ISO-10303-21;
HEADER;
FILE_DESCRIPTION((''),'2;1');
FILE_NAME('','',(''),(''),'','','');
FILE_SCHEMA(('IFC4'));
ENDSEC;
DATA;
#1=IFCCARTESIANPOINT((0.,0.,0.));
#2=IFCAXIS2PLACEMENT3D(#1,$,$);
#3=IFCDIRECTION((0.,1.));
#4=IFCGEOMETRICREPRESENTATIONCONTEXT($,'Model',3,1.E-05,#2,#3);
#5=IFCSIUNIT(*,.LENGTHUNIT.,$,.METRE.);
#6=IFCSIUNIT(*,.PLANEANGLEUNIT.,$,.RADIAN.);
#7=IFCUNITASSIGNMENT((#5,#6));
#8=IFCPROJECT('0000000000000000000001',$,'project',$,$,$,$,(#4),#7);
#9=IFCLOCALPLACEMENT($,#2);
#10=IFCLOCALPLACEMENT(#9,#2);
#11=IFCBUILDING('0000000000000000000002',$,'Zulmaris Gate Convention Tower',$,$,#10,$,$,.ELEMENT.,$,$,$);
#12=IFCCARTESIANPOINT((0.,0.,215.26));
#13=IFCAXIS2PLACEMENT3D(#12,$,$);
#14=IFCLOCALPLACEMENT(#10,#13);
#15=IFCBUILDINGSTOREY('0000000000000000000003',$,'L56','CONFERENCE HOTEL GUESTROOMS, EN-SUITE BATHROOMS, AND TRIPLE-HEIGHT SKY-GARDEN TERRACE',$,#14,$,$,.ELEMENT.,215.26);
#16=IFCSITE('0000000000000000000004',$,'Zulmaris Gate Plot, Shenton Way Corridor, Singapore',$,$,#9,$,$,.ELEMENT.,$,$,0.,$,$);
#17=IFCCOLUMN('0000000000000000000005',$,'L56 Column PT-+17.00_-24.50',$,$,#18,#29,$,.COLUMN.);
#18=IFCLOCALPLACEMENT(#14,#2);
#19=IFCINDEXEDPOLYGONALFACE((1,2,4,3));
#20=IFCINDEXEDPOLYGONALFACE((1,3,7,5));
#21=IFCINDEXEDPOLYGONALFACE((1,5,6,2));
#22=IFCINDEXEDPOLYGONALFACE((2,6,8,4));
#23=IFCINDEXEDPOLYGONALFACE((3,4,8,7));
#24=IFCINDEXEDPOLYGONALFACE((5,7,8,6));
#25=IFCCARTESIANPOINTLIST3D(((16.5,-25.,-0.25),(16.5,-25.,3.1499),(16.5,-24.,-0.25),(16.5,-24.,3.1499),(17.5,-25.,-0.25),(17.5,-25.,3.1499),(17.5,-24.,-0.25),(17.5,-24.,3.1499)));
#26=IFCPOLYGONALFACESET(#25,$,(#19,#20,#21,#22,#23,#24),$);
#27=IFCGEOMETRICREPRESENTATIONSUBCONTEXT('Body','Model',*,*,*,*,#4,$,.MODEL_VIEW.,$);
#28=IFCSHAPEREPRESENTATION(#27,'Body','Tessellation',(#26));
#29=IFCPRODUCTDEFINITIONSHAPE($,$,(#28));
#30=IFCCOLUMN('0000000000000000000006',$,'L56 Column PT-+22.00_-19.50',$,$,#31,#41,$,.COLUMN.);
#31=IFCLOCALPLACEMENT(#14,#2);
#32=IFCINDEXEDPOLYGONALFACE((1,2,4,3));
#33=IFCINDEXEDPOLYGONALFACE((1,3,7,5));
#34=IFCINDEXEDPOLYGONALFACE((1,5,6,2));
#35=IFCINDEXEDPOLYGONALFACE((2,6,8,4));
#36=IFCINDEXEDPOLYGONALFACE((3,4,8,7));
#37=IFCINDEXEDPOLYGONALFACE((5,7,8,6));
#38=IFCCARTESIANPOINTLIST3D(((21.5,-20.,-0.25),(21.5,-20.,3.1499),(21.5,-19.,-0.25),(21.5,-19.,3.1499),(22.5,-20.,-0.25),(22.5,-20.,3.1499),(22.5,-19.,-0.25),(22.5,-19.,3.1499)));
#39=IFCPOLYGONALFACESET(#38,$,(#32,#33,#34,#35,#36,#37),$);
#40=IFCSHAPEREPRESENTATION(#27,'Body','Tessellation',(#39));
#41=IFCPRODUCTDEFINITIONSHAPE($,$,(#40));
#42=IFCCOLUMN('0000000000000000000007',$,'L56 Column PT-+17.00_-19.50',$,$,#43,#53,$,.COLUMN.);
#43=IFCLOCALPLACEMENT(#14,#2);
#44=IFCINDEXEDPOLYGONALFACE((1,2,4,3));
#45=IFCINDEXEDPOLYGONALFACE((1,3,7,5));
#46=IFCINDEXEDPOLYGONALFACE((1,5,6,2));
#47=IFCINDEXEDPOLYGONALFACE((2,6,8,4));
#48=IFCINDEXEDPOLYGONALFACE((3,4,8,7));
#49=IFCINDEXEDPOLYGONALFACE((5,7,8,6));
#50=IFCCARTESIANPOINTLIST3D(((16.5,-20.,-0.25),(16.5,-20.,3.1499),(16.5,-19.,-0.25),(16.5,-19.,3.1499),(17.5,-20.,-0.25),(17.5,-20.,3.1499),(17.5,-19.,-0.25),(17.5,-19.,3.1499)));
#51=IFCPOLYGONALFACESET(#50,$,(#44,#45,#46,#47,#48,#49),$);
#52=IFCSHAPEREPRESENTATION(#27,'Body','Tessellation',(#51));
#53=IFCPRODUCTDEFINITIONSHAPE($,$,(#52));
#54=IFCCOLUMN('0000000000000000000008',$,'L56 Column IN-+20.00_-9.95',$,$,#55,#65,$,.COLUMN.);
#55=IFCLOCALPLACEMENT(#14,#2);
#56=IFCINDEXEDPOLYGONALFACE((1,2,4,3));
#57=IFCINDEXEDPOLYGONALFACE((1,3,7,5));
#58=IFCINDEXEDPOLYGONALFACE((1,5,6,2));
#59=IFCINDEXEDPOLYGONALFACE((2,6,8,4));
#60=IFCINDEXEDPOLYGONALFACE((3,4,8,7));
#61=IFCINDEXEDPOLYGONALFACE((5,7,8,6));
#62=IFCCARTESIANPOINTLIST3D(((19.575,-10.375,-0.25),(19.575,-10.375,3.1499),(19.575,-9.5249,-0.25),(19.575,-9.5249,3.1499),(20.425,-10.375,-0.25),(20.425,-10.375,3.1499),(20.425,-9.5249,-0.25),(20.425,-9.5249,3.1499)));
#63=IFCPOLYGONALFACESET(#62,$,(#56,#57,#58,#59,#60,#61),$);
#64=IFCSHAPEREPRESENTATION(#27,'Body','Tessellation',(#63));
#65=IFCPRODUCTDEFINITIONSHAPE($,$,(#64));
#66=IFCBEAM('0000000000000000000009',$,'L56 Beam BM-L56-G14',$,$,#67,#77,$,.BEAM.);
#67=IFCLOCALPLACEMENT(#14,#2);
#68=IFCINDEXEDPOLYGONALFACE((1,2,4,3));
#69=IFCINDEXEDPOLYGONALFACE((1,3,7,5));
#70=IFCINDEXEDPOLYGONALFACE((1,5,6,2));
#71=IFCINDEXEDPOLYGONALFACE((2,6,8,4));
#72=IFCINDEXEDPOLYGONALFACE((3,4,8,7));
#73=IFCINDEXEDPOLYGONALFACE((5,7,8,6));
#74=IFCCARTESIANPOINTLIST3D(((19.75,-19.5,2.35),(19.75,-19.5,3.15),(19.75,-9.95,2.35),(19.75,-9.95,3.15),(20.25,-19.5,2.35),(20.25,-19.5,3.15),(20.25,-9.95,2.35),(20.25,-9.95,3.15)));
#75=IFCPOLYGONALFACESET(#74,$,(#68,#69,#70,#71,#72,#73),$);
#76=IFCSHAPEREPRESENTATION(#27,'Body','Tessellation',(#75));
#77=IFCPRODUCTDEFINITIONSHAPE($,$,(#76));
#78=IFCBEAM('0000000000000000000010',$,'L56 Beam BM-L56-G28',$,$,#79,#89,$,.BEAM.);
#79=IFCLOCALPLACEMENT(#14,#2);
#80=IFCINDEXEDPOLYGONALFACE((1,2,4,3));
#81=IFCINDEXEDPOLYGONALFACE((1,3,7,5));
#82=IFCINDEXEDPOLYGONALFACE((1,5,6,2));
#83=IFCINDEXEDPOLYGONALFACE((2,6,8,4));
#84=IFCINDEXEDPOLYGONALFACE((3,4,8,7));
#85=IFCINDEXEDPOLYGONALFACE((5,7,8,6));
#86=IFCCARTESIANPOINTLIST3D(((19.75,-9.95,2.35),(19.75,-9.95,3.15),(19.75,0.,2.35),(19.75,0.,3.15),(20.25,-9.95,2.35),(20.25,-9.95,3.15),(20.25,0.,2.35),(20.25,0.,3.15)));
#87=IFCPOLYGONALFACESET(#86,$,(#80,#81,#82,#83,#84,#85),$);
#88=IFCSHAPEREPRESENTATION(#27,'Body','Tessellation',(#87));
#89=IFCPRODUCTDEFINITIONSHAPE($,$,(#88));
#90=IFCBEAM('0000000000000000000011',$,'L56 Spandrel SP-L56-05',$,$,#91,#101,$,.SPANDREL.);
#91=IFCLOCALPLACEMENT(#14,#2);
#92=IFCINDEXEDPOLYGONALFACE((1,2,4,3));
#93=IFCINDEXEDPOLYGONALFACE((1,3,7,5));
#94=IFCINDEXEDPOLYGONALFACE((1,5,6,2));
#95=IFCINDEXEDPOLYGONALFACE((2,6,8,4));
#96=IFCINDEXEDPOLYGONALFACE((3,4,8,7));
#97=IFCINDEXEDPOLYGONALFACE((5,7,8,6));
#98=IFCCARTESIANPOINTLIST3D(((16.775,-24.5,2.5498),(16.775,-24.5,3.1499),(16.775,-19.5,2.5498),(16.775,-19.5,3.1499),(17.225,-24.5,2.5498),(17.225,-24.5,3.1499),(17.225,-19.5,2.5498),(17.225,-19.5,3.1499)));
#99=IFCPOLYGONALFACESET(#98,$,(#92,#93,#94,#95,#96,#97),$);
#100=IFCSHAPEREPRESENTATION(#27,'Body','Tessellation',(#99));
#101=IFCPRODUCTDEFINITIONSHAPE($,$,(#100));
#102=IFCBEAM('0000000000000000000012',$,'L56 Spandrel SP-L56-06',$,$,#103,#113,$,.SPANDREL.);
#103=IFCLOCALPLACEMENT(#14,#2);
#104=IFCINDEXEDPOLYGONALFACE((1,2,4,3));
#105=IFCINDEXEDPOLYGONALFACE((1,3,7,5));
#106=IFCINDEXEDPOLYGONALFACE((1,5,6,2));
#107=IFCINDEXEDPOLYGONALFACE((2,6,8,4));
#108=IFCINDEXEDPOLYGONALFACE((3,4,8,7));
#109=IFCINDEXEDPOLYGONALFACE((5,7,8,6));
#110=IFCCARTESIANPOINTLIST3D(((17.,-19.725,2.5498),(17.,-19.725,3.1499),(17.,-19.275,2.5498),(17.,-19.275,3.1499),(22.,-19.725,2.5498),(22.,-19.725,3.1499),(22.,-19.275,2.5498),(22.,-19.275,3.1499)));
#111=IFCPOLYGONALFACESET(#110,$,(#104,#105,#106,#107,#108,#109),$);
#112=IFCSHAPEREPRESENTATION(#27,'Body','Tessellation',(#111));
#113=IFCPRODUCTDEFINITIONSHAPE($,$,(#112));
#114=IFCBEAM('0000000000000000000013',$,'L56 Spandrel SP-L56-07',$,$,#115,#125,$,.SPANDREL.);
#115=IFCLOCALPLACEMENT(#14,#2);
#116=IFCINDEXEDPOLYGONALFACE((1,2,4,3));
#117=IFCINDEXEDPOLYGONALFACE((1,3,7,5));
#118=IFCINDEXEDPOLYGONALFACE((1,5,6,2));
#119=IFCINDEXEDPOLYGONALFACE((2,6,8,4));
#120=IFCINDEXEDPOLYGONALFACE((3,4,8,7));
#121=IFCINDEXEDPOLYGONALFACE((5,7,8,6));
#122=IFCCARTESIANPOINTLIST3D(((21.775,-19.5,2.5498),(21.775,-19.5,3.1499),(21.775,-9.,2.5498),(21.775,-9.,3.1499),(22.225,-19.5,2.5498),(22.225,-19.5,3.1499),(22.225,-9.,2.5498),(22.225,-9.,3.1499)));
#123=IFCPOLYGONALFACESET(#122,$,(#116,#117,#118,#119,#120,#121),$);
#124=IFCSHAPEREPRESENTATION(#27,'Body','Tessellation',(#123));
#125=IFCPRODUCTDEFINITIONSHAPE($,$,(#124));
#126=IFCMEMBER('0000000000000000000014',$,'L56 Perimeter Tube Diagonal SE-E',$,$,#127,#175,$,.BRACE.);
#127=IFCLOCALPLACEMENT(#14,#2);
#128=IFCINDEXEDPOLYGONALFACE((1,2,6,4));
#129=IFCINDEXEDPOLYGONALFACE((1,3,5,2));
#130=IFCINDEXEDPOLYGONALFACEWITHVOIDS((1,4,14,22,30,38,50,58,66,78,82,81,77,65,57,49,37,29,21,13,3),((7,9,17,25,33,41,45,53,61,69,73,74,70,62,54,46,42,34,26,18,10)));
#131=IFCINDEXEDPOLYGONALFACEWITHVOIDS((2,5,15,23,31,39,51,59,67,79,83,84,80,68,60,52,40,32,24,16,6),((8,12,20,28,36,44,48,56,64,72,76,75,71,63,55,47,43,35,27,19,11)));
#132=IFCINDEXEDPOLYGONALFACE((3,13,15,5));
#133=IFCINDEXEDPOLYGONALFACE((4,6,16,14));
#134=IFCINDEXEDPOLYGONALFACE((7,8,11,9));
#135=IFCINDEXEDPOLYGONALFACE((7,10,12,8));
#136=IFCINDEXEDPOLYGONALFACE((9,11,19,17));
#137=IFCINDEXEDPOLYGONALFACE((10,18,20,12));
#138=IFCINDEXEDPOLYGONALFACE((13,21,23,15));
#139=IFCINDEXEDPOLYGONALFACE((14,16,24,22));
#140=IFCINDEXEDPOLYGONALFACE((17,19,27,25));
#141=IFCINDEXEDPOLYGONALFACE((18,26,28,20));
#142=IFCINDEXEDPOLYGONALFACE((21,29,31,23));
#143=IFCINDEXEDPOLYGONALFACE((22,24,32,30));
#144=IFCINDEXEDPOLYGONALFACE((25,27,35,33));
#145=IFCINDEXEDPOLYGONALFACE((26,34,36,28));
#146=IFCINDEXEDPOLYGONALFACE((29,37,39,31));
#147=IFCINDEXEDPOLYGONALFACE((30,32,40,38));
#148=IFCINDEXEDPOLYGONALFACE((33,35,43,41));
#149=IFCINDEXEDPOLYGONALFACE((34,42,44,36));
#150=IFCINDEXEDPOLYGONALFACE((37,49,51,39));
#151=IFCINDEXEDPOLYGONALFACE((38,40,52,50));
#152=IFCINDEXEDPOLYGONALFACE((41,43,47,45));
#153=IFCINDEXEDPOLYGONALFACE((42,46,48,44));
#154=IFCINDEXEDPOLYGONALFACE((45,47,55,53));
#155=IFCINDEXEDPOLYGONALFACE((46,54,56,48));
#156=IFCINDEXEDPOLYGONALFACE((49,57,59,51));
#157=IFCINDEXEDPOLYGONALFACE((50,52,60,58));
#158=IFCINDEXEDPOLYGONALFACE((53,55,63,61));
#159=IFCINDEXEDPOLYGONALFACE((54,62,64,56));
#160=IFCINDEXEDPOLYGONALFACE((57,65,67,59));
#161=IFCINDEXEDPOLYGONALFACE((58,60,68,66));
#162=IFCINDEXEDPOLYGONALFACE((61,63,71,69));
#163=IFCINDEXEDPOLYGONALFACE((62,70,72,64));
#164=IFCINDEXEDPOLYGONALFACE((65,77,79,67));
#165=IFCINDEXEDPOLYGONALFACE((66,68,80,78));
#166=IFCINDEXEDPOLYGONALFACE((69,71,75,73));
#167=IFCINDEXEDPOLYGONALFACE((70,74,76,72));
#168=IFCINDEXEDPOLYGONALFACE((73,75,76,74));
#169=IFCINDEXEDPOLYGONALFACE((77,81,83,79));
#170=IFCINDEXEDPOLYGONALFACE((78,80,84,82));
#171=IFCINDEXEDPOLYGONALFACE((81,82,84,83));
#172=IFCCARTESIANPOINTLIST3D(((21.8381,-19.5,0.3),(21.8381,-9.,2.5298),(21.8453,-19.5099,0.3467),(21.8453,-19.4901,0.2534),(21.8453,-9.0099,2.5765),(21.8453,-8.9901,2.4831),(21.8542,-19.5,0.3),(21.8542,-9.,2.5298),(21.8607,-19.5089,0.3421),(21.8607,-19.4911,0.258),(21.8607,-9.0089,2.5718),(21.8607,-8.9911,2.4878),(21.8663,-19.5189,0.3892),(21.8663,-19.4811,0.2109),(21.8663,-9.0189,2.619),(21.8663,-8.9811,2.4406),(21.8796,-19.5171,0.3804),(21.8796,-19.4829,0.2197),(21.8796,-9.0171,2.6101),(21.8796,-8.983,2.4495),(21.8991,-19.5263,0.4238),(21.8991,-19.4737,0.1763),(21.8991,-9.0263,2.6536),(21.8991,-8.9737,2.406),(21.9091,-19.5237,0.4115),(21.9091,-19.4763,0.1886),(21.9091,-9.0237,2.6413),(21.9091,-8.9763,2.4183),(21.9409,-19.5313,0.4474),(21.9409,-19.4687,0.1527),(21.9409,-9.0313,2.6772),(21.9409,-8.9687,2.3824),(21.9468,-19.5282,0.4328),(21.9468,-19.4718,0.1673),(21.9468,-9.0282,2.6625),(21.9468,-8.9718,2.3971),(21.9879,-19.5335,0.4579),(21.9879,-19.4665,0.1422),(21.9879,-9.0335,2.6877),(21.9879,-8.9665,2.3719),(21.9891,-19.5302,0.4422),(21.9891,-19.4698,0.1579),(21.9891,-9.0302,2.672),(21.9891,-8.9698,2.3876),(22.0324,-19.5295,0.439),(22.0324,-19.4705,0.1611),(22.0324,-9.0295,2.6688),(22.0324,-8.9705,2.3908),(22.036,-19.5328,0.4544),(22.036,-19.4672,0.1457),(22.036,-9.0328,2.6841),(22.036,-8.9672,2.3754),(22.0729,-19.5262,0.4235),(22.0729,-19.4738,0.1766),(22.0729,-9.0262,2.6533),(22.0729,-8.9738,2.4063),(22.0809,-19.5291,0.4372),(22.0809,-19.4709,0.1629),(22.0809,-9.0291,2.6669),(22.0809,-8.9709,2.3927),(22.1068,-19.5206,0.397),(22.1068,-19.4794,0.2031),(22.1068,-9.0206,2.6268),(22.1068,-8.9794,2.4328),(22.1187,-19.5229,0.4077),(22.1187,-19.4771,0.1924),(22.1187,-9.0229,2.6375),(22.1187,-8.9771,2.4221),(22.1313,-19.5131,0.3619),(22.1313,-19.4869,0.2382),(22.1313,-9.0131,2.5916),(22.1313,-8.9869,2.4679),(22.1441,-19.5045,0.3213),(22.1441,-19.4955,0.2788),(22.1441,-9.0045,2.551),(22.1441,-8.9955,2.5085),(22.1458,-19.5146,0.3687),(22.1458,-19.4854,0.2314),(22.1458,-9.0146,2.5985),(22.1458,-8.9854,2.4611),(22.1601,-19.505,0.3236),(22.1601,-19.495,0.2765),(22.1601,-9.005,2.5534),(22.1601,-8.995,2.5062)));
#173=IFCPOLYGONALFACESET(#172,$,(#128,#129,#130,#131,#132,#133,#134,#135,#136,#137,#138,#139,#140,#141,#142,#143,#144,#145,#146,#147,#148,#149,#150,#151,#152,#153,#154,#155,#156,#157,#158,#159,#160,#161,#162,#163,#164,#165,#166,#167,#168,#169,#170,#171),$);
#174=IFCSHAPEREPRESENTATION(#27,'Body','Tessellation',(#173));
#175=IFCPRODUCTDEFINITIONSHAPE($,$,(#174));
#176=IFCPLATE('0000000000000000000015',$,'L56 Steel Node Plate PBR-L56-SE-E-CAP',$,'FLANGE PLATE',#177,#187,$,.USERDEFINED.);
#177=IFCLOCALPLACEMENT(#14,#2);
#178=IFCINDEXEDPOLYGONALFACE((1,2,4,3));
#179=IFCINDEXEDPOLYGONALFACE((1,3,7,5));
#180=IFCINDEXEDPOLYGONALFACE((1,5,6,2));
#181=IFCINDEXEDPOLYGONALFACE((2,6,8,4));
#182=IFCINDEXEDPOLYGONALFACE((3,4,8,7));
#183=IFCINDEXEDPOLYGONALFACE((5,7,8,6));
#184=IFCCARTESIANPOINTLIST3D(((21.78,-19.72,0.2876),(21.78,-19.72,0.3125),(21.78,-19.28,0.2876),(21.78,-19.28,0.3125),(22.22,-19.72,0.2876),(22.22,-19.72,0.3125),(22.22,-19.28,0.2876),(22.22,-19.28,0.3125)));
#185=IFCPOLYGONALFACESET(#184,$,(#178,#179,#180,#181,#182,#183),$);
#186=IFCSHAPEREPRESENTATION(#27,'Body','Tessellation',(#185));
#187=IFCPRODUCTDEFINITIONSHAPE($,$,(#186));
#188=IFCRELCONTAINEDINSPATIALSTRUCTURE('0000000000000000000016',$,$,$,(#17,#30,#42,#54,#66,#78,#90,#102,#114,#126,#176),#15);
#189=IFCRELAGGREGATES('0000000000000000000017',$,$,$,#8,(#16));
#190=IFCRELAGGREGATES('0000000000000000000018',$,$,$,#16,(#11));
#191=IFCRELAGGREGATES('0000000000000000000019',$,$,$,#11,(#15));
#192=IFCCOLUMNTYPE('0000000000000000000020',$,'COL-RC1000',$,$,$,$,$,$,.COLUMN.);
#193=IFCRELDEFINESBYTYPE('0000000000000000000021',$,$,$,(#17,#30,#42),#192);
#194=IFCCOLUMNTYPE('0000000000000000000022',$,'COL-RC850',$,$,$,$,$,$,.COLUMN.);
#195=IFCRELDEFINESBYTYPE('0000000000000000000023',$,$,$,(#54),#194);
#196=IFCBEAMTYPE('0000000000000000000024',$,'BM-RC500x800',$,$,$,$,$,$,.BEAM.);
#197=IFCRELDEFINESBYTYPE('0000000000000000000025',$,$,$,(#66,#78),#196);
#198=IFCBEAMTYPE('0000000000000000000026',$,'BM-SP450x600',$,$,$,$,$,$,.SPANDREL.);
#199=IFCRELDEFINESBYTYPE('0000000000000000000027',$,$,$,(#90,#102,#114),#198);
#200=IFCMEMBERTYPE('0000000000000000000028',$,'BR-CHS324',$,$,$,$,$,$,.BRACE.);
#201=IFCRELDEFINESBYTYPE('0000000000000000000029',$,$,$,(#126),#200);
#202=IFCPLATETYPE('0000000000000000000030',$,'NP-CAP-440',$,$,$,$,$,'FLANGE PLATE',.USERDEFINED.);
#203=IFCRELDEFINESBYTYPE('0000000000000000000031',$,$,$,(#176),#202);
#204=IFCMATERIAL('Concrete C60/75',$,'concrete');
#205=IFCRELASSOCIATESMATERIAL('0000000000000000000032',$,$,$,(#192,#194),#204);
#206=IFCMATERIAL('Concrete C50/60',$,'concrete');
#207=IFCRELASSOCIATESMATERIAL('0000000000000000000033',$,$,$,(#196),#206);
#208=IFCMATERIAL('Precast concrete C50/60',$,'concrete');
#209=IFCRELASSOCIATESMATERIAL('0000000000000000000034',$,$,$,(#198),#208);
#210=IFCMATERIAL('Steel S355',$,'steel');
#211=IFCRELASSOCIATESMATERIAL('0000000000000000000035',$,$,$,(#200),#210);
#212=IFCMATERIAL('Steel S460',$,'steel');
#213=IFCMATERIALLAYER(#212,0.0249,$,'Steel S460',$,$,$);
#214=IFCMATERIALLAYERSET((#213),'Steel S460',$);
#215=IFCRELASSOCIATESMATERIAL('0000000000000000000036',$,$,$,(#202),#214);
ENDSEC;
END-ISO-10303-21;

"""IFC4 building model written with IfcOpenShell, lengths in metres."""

from ifc_helpers import new_model, si_unit, direction, frame, origin, origin_2d, place, context, subcontext, project, spatial, rectangle, hollow_circle, extrude, material, layer, layer_set, material_profile, profile_set, type_object, element, save


model = new_model("IFC4")

# Units and contexts
model_context = context("Model", 3, precision=1e-05, world=origin(), true_north=direction((0.0, 1.0)))
body_context = subcontext(model_context, "Body", "Model", "MODEL_VIEW")
ifc_project = project(units=[si_unit("LENGTHUNIT", "METRE"), si_unit("PLANEANGLEUNIT", "RADIAN")], contexts=[model_context])

# Site, building, storey
site_placement = place(None, origin())
site = spatial("IfcSite", under=ifc_project, at=site_placement, Name="Zulmaris Gate Plot, Shenton Way Corridor, Singapore", CompositionType="ELEMENT", RefElevation=0.0)
building_placement = place(site_placement, origin())
building = spatial("IfcBuilding", under=site, at=building_placement, Name="Zulmaris Gate Convention Tower", CompositionType="ELEMENT")
storey_placement = place(building_placement, frame((0.0, 0.0, 215.26)))
storey = spatial("IfcBuildingStorey", under=building, at=storey_placement, Name="L56", Description="CONFERENCE HOTEL GUESTROOMS, EN-SUITE BATHROOMS, AND TRIPLE-HEIGHT SKY-GARDEN TERRACE", CompositionType="ELEMENT", Elevation=215.26)

# Columns
ifc_material_1 = material(Name="Concrete C60/75", Category="concrete")
ifc_material_profile_1 = material_profile(ifc_material_1, rectangle(XDim=1.0, YDim=1.0, at=origin_2d()), Name="RC COL 1000x1000")
ifc_profile_set_1 = profile_set([ifc_material_profile_1], Name="Concrete C60/75")
column_type_1 = type_object("IfcColumnType", Name="COL-RC1000", PredefinedType="COLUMN", material=ifc_profile_set_1)
for number, where, z_axis, x_axis, name in (
    (1, (17.0, -24.5, -0.25), (0.0, 0.0, 1.0), (1.0, 0.0, 0.0), "L56 Column PT-+17.00_-24.50"),
    (2, (22.0, -19.5, -0.25), (0.0, 0.0, 1.0), (1.0, 0.0, 0.0), "L56 Column PT-+22.00_-19.50"),
    (3, (17.0, -19.5, -0.25), (0.0, 0.0, 1.0), (1.0, 0.0, 0.0), "L56 Column PT-+17.00_-19.50"),
):
    element("IfcColumn", number, at=place(storey_placement, frame(where, z_axis=z_axis, x_axis=x_axis)), inside=storey, type_object=column_type_1, Name=name, PredefinedType="COLUMN", context=body_context, shape_type="SweptSolid", body=[
        extrude(rectangle(XDim=1.0, YDim=1.0, at=origin_2d()), origin(), (0.0, 0.0, 1.0), 3.3999),
    ])
ifc_material_profile_2 = material_profile(ifc_material_1, rectangle(XDim=0.8501, YDim=0.8501, at=origin_2d()), Name="RC COL 850x850")
ifc_profile_set_2 = profile_set([ifc_material_profile_2], Name="Concrete C60/75")
column_type_2 = type_object("IfcColumnType", Name="COL-RC850", PredefinedType="COLUMN", material=ifc_profile_set_2)
column_placement = place(storey_placement, frame((20.0, -9.95, -0.25), z_axis=(0.0, 0.0, 1.0), x_axis=(1.0, 0.0, 0.0)))
element("IfcColumn", 4, at=column_placement, inside=storey, type_object=column_type_2, Name="L56 Column IN-+20.00_-9.95", PredefinedType="COLUMN", context=body_context, shape_type="SweptSolid", body=[
    extrude(rectangle(XDim=0.8501, YDim=0.8501, at=origin_2d()), origin(), (0.0, 0.0, 1.0), 3.3999),
])

# Beams
ifc_material_2 = material(Name="Concrete C50/60", Category="concrete")
ifc_material_profile_3 = material_profile(ifc_material_2, rectangle(XDim=0.5, YDim=0.8, at=origin_2d()), Name="RC BEAM 500x800")
ifc_profile_set_3 = profile_set([ifc_material_profile_3], Name="Concrete C50/60")
beam_type_1 = type_object("IfcBeamType", Name="BM-RC500x800", PredefinedType="BEAM", material=ifc_profile_set_3)
beam_1_placement = place(storey_placement, frame((20.0, -19.5, 2.75), z_axis=(0.0, 1.0, 0.0), x_axis=(-1.0, 0.0, 0.0)))
element("IfcBeam", 5, at=beam_1_placement, inside=storey, type_object=beam_type_1, Name="L56 Beam BM-L56-G14", PredefinedType="BEAM", context=body_context, shape_type="SweptSolid", body=[
    extrude(rectangle(XDim=0.5, YDim=0.8, at=origin_2d()), origin(), (0.0, 0.0, 1.0), 9.55),
])
beam_2_placement = place(storey_placement, frame((20.0, -9.95, 2.75), z_axis=(0.0, 1.0, 0.0), x_axis=(-1.0, 0.0, 0.0)))
element("IfcBeam", 6, at=beam_2_placement, inside=storey, type_object=beam_type_1, Name="L56 Beam BM-L56-G28", PredefinedType="BEAM", context=body_context, shape_type="SweptSolid", body=[
    extrude(rectangle(XDim=0.5, YDim=0.8, at=origin_2d()), origin(), (0.0, 0.0, 1.0), 9.95),
])
ifc_material_3 = material(Name="Precast concrete C50/60", Category="concrete")
ifc_material_profile_4 = material_profile(ifc_material_3, rectangle(XDim=0.45, YDim=0.6001, at=origin_2d()), Name="RC SPANDREL 450x600")
ifc_profile_set_4 = profile_set([ifc_material_profile_4], Name="Precast concrete C50/60")
beam_type_2 = type_object("IfcBeamType", Name="BM-SP450x600", PredefinedType="SPANDREL", material=ifc_profile_set_4)
for number, where, z_axis, x_axis, name in (
    (7, (17.0, -24.5, 2.8499), (0.0, 1.0, 0.0), (-1.0, 0.0, 0.0), "L56 Spandrel SP-L56-05"),
    (8, (17.0, -19.5, 2.8499), (1.0, 0.0, 0.0), (0.0, 1.0, 0.0), "L56 Spandrel SP-L56-06"),
):
    element("IfcBeam", number, at=place(storey_placement, frame(where, z_axis=z_axis, x_axis=x_axis)), inside=storey, type_object=beam_type_2, Name=name, PredefinedType="SPANDREL", context=body_context, shape_type="SweptSolid", body=[
        extrude(rectangle(XDim=0.45, YDim=0.6001, at=origin_2d()), origin(), (0.0, 0.0, 1.0), 5.0),
    ])
beam_3_placement = place(storey_placement, frame((22.0, -19.5, 2.8499), z_axis=(0.0, 1.0, 0.0), x_axis=(-1.0, 0.0, 0.0)))
element("IfcBeam", 9, at=beam_3_placement, inside=storey, type_object=beam_type_2, Name="L56 Spandrel SP-L56-07", PredefinedType="SPANDREL", context=body_context, shape_type="SweptSolid", body=[
    extrude(rectangle(XDim=0.45, YDim=0.6001, at=origin_2d()), origin(), (0.0, 0.0, 1.0), 10.5),
])

# Member
ifc_material_4 = material(Name="Steel S355", Category="steel")
ifc_material_profile_5 = material_profile(ifc_material_4, hollow_circle(Radius=0.1619, WallThickness=0.0161, at=origin_2d()), Name="CHS 323.9x16")
ifc_profile_set_5 = profile_set([ifc_material_profile_5], Name="Steel S355")
member_type = type_object("IfcMemberType", Name="BR-CHS324", PredefinedType="BRACE", material=ifc_profile_set_5)
member_placement = place(storey_placement, frame((22.0, -19.5, 0.3), z_axis=(0.0, 0.978188, 0.207724), x_axis=(-1.0, 0.0, 0.0)))
element("IfcMember", 10, at=member_placement, inside=storey, type_object=member_type, Name="L56 Perimeter Tube Diagonal SE-E", PredefinedType="BRACE", context=body_context, shape_type="SweptSolid", body=[
    extrude(hollow_circle(Radius=0.1619, WallThickness=0.0161, at=origin_2d()), origin(), (0.0, 0.0, 1.0), 10.7341),
])

# Plate
ifc_material_5 = material(Name="Steel S460", Category="steel")
ifc_layer_1 = layer(ifc_material_5, 0.0249, Name="Steel S460")
ifc_layer_set_1 = layer_set([ifc_layer_1], Name="Steel S460")
plate_type = type_object("IfcPlateType", Name="NP-CAP-440", ElementType="FLANGE PLATE", PredefinedType="USERDEFINED", material=ifc_layer_set_1)
plate_placement = place(storey_placement, frame((22.0, -19.5, 0.2876), z_axis=(0.0, 0.0, 1.0), x_axis=(1.0, 0.0, 0.0)))
element("IfcPlate", 11, at=plate_placement, inside=storey, type_object=plate_type, Name="L56 Steel Node Plate PBR-L56-SE-E-CAP", ObjectType="FLANGE PLATE", PredefinedType="USERDEFINED", context=body_context, shape_type="SweptSolid", body=[
    extrude(rectangle(XDim=0.4399, YDim=0.4399, at=origin_2d()), origin(), (0.0, 0.0, 1.0), 0.0249),
])

save(model, "model.ifc")
